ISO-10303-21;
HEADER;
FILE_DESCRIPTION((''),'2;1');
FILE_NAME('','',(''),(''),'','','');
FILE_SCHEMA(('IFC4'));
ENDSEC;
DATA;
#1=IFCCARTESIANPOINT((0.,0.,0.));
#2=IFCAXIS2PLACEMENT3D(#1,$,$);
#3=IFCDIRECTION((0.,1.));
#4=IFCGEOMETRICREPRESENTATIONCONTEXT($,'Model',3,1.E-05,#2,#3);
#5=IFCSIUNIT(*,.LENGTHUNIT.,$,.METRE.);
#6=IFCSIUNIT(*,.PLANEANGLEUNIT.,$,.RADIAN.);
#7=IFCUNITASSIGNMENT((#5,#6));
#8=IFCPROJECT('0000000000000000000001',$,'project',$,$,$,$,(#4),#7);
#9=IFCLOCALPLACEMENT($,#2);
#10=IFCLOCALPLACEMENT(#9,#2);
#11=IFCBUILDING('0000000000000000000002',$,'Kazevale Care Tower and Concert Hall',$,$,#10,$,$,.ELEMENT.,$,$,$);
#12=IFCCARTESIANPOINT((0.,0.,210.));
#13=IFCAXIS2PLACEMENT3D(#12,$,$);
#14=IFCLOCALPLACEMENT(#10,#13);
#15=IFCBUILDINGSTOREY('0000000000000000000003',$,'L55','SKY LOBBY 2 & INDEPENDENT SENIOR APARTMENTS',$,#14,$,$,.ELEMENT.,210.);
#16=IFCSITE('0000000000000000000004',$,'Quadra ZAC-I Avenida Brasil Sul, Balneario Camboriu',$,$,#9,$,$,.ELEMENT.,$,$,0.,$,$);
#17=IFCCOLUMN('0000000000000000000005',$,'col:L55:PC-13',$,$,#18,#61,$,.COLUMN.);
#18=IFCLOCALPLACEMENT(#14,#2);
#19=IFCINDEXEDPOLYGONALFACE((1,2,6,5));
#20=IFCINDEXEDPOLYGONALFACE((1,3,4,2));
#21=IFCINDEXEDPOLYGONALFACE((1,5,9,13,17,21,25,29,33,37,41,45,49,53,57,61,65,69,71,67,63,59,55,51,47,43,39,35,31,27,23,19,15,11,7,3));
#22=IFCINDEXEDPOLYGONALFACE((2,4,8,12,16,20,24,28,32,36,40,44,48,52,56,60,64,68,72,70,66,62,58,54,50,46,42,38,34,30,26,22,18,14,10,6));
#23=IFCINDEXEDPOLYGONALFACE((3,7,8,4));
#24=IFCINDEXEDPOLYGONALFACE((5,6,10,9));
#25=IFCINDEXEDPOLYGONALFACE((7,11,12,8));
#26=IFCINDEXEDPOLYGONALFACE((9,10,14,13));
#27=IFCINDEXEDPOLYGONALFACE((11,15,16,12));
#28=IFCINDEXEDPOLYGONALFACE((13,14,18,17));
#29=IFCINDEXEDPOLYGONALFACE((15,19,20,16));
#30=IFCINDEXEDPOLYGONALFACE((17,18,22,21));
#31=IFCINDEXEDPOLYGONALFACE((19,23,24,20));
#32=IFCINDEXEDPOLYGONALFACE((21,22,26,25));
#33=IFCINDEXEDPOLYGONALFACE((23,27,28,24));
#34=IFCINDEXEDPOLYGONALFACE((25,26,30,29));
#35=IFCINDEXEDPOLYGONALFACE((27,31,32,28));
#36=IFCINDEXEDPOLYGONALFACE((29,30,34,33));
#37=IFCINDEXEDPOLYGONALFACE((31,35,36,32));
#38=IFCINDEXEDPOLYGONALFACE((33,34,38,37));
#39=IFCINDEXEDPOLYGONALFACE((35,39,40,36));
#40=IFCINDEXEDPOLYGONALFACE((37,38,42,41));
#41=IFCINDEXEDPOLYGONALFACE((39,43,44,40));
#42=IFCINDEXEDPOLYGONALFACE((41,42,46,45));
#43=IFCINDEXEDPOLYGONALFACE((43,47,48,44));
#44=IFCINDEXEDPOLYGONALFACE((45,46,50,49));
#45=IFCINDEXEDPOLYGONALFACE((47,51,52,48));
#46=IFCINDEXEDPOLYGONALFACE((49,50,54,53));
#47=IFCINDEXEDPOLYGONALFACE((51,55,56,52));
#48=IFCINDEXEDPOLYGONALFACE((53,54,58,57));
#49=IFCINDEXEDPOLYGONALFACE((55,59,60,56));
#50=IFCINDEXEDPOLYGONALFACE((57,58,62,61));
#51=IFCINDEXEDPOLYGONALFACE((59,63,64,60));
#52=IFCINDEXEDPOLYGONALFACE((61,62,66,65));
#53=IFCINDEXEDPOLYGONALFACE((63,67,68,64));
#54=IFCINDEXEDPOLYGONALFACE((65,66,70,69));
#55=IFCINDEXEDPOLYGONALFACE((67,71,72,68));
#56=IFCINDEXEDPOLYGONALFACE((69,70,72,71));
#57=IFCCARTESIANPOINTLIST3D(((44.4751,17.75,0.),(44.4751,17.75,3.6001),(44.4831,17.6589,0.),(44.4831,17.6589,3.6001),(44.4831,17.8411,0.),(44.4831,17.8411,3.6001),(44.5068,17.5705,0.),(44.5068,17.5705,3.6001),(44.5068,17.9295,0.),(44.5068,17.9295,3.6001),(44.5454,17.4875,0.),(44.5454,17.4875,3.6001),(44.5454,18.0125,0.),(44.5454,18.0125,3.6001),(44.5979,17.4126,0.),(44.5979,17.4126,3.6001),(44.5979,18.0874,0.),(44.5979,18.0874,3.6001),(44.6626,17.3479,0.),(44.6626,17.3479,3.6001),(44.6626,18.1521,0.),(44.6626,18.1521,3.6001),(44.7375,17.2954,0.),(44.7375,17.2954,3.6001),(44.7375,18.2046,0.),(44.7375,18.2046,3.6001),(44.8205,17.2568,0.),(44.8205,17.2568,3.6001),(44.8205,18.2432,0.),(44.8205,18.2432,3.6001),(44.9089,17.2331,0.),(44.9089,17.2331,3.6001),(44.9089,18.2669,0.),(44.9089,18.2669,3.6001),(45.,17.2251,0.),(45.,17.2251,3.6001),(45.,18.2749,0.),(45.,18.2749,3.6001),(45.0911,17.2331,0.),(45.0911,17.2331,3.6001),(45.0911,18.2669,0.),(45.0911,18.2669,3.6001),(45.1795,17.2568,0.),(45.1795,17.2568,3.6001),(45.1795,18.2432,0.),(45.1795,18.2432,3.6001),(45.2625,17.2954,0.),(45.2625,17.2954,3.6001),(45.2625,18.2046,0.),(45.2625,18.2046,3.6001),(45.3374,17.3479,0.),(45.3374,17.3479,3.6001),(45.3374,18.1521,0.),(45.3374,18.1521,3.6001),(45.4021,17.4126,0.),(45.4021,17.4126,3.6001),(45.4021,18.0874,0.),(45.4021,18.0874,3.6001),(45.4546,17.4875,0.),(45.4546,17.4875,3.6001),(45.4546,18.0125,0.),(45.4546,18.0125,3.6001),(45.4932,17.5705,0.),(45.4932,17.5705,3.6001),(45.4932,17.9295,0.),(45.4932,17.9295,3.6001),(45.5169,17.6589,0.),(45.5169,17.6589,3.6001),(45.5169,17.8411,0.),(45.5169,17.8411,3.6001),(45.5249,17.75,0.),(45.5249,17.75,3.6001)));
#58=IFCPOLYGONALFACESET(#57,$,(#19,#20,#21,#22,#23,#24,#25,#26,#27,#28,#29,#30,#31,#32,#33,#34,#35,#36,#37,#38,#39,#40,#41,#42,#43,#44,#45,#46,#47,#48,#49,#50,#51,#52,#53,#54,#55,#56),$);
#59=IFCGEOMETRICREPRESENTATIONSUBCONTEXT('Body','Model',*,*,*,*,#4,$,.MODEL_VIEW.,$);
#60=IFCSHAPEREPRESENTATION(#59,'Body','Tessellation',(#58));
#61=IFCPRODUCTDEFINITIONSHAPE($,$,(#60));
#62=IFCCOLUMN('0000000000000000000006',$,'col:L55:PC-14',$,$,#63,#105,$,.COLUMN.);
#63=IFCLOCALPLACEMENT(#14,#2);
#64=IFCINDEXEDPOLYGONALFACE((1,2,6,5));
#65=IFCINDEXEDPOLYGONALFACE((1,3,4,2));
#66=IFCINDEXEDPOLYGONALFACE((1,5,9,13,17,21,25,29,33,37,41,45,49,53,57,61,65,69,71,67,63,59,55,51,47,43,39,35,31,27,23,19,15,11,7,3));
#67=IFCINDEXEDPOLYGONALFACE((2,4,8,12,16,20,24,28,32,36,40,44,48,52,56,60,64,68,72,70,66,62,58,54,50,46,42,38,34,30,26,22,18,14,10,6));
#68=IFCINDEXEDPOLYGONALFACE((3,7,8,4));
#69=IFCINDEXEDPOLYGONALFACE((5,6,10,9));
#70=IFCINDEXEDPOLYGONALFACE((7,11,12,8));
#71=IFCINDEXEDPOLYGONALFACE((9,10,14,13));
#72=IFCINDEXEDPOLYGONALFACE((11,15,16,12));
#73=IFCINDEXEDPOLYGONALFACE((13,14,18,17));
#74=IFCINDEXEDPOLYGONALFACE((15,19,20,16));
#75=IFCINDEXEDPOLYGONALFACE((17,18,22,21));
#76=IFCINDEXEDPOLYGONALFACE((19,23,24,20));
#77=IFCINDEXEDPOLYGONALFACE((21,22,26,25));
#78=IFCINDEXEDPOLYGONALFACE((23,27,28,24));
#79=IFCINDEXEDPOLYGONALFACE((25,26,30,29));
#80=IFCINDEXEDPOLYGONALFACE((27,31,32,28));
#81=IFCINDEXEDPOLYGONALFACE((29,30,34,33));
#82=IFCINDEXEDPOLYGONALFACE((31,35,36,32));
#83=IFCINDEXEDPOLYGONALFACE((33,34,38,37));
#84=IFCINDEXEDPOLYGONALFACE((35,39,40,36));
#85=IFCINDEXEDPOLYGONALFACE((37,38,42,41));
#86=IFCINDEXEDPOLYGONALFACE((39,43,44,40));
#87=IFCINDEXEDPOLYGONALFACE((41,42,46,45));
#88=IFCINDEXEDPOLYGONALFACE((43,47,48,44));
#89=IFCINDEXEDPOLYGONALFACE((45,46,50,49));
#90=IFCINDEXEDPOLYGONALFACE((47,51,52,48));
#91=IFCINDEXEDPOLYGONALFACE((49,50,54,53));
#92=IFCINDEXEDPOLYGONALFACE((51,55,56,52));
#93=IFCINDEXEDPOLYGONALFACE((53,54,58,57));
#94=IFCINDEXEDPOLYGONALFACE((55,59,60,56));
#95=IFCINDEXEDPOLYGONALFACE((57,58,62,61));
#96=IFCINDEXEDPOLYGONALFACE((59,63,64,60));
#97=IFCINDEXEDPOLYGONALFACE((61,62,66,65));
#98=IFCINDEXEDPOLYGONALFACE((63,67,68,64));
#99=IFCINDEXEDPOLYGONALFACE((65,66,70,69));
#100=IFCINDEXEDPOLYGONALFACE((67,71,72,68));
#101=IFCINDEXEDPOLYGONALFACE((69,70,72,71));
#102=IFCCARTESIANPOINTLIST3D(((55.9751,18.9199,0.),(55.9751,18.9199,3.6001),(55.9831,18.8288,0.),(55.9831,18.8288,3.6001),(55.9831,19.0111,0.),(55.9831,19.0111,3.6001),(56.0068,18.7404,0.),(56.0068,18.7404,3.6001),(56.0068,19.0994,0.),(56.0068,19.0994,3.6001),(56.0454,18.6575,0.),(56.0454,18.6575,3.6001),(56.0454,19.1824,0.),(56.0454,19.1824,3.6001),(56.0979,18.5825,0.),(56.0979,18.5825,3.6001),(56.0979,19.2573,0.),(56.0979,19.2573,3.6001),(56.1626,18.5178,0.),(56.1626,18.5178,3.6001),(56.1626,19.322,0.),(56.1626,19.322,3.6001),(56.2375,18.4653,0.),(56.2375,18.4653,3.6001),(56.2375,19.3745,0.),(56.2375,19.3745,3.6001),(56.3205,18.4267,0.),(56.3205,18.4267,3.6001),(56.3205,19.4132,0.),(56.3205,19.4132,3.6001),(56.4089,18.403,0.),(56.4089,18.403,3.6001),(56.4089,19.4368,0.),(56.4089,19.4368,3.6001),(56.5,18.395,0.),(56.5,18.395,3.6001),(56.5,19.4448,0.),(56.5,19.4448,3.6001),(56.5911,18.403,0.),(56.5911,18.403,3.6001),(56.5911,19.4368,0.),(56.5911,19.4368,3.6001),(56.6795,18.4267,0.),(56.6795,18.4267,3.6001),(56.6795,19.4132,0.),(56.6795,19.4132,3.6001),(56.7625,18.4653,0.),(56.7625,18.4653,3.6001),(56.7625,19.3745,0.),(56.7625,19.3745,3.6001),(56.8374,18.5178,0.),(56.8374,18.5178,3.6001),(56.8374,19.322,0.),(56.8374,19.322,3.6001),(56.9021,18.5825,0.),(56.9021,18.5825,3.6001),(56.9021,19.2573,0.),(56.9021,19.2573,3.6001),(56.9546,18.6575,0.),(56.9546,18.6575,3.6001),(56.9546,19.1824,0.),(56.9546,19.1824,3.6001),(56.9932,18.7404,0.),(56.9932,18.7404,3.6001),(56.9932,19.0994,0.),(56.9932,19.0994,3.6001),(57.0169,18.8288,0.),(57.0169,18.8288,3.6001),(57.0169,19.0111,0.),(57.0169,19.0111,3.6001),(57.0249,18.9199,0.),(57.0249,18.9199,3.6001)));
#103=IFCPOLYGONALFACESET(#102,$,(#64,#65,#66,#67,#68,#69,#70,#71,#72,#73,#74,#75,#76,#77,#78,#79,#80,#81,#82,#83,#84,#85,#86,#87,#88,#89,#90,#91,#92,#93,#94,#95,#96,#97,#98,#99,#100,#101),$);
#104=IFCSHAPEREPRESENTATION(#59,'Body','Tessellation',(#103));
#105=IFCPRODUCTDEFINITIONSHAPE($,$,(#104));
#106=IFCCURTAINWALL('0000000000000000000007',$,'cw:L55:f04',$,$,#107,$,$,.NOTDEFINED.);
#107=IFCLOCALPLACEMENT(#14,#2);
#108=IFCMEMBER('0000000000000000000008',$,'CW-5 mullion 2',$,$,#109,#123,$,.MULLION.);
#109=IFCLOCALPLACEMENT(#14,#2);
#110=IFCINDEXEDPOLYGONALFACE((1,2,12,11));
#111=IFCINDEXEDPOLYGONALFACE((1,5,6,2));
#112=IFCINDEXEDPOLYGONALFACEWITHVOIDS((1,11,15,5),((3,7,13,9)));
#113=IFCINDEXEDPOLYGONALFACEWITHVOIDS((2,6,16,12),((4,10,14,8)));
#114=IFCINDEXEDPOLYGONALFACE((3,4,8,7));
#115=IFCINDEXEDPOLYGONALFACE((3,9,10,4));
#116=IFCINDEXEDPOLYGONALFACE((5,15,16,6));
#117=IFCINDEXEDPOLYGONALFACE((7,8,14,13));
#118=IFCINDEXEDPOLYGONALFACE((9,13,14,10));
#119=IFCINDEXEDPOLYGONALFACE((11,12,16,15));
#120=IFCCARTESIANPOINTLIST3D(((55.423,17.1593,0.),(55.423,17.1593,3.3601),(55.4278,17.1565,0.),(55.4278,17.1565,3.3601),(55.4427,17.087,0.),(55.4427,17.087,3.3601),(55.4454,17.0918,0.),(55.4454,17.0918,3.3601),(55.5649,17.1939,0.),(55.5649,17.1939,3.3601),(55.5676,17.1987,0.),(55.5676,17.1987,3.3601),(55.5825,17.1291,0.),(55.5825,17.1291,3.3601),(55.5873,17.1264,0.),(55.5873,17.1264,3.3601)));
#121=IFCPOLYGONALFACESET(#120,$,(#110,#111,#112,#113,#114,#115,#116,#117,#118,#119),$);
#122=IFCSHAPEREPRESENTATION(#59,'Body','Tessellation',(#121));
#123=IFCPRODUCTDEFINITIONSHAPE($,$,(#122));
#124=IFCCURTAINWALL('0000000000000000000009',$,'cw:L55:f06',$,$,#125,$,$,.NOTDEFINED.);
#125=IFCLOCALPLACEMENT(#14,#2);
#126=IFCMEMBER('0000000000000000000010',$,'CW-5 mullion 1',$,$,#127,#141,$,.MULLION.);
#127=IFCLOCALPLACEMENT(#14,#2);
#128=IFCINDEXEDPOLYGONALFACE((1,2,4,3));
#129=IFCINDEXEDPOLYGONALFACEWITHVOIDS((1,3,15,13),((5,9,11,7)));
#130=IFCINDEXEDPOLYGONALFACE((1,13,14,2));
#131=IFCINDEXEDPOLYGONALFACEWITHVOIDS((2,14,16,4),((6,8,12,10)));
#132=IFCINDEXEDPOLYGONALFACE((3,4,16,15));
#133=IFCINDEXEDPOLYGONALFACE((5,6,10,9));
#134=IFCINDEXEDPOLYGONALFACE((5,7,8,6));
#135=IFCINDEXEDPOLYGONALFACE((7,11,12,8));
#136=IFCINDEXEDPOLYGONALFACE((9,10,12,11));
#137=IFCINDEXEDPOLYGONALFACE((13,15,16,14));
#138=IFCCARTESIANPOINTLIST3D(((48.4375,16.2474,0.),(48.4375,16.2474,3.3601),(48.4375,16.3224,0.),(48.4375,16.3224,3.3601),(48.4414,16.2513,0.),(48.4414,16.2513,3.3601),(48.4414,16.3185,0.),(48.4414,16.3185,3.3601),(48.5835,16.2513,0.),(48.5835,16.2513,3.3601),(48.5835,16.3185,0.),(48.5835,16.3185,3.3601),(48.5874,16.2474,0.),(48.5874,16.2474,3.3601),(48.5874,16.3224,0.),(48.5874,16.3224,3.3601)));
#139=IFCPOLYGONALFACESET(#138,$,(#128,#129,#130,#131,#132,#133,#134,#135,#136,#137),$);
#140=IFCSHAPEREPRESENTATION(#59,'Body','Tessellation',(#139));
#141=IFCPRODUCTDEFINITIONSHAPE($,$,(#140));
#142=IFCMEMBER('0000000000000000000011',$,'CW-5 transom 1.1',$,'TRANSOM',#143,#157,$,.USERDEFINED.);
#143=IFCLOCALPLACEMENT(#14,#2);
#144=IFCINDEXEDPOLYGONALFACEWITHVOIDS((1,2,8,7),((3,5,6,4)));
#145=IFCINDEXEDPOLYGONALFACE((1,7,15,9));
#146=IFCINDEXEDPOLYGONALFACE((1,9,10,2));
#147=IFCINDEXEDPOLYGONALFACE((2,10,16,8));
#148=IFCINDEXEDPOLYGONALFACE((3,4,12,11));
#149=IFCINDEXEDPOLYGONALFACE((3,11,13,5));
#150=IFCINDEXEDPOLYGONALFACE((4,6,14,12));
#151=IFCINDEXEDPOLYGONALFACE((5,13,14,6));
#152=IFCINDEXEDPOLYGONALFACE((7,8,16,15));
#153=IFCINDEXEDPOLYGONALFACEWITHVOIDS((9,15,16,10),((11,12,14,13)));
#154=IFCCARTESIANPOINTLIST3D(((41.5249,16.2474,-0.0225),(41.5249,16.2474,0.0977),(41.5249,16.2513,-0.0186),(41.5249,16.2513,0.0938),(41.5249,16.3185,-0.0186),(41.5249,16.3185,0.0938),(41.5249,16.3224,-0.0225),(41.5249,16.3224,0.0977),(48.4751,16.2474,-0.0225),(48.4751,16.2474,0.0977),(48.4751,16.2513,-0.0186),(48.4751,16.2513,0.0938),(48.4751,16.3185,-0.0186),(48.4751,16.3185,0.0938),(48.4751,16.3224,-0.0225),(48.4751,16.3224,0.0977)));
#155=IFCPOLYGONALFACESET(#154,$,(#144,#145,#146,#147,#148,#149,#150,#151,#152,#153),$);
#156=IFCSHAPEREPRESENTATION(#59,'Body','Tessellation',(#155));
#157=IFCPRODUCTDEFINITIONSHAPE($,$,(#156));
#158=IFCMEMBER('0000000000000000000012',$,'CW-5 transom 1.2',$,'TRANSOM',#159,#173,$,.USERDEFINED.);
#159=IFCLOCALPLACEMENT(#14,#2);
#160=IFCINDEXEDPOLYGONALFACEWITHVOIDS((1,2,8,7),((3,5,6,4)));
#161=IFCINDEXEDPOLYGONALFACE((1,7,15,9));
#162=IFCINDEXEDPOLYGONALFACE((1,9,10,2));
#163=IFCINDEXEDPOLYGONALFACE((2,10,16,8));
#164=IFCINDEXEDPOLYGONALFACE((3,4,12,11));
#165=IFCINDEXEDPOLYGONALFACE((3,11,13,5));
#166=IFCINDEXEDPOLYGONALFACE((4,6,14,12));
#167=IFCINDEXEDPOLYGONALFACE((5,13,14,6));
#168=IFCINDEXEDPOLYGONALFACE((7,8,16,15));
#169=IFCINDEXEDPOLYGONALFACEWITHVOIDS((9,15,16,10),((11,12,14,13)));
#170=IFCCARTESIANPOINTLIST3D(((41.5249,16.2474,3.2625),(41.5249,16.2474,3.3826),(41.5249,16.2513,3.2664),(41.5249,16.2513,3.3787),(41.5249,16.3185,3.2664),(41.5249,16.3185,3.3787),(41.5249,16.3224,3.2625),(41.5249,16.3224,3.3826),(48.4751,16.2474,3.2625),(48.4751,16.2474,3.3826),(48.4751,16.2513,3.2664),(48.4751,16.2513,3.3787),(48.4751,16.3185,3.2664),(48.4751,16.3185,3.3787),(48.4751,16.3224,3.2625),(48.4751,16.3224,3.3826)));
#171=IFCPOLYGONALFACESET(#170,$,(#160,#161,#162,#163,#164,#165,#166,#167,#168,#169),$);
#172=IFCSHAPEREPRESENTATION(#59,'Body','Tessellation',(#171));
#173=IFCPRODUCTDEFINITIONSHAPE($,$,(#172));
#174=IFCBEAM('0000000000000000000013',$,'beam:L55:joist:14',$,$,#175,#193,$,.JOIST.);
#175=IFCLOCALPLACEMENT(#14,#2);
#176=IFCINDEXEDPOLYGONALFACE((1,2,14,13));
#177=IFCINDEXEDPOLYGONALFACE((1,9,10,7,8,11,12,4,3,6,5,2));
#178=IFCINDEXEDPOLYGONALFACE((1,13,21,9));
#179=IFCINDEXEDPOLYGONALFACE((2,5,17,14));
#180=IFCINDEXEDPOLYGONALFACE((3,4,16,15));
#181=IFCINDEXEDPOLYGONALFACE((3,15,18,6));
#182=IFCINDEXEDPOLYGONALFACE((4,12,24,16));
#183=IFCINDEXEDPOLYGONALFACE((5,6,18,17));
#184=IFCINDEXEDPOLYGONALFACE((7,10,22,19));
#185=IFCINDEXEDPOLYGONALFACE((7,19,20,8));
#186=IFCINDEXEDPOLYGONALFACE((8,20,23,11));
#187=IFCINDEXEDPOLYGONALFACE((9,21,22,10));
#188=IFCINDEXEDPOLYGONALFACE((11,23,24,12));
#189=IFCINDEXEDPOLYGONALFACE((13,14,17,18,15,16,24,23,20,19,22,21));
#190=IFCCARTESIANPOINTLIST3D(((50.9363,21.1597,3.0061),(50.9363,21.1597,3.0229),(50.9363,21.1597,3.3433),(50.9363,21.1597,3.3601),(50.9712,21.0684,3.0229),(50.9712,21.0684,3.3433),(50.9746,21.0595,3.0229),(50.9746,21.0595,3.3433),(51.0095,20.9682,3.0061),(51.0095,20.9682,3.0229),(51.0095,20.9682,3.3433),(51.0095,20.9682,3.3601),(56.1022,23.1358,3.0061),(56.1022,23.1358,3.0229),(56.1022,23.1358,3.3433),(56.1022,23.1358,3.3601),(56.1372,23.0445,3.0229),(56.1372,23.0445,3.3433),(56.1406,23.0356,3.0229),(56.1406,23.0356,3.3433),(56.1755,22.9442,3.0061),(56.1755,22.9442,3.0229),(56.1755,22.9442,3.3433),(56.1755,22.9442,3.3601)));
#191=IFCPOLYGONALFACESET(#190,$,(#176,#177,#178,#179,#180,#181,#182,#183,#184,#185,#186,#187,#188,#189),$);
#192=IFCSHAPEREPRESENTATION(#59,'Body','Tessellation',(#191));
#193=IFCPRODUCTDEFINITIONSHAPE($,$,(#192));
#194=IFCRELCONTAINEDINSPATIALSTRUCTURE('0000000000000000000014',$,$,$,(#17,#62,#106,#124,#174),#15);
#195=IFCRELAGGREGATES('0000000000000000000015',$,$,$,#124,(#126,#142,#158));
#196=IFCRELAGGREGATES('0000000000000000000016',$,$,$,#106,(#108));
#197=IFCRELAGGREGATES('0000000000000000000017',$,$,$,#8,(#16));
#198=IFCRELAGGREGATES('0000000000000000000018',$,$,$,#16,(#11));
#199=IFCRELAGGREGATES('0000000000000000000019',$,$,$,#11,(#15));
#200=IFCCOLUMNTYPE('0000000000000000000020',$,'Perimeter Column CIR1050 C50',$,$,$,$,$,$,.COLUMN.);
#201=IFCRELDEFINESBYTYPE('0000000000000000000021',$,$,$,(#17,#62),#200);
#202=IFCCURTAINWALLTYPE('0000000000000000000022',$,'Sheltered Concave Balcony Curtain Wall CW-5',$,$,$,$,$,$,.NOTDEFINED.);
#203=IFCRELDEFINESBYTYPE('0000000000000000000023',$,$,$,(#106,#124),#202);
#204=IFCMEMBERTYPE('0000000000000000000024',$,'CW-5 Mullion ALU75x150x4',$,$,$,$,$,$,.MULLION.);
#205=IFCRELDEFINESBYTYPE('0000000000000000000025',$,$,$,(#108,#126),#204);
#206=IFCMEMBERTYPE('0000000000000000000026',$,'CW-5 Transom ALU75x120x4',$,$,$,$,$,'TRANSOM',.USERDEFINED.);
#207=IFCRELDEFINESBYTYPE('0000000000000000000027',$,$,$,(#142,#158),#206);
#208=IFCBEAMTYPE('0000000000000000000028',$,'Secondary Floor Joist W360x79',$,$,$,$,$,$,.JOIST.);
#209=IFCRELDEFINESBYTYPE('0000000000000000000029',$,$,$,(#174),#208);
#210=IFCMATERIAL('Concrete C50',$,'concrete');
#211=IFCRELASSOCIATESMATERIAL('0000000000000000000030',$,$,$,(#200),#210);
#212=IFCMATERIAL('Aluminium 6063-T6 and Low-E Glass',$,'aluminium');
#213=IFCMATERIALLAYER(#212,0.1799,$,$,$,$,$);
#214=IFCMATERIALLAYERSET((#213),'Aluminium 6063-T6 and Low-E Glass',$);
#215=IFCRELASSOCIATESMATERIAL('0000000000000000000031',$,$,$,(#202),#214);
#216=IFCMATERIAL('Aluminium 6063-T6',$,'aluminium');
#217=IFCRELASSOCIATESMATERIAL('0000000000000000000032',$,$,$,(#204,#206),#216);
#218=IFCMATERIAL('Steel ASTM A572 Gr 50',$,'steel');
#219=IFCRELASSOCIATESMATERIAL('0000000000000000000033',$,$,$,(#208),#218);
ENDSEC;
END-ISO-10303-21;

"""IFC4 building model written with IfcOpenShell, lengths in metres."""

from ifc_helpers import new_model, si_unit, direction, frame, origin, origin_2d, place, context, subcontext, project, spatial, hollow_rectangle, circle, i_section, extrude, material, layer, layer_set, material_profile, profile_set, type_object, element, aggregate, save


model = new_model("IFC4")

# Units and contexts
model_context = context("Model", 3, precision=1e-05, world=origin(), true_north=direction((0.0, 1.0)))
body_context = subcontext(model_context, "Body", "Model", "MODEL_VIEW")
ifc_project = project(units=[si_unit("LENGTHUNIT", "METRE"), si_unit("PLANEANGLEUNIT", "RADIAN")], contexts=[model_context])

# Site, building, storey
site_placement = place(None, origin())
site = spatial("IfcSite", under=ifc_project, at=site_placement, Name="Quadra ZAC-I Avenida Brasil Sul, Balneario Camboriu", CompositionType="ELEMENT", RefElevation=0.0)
building_placement = place(site_placement, origin())
building = spatial("IfcBuilding", under=site, at=building_placement, Name="Kazevale Care Tower and Concert Hall", CompositionType="ELEMENT")
storey_placement = place(building_placement, frame((0.0, 0.0, 210.0)))
storey = spatial("IfcBuildingStorey", under=building, at=storey_placement, Name="L55", Description="SKY LOBBY 2 & INDEPENDENT SENIOR APARTMENTS", CompositionType="ELEMENT", Elevation=210.0)

# Columns
ifc_material_1 = material(Name="Concrete C50", Category="concrete")
ifc_material_profile_1 = material_profile(ifc_material_1, circle(Radius=0.5249, at=origin_2d()), Name="RC-CIR1050")
ifc_profile_set_1 = profile_set([ifc_material_profile_1], Name="Concrete C50")
column_type = type_object("IfcColumnType", Name="Perimeter Column CIR1050 C50", PredefinedType="COLUMN", material=ifc_profile_set_1)
for number, where, z_axis, x_axis, name in (
    (1, (45.0, 17.75, 0.0), (0.0, 0.0, 1.0), (1.0, 0.0, 0.0), "col:L55:PC-13"),
    (2, (56.5, 18.9199, 0.0), (0.0, 0.0, 1.0), (1.0, 0.0, 0.0), "col:L55:PC-14"),
):
    element("IfcColumn", number, at=place(storey_placement, frame(where, z_axis=z_axis, x_axis=x_axis)), inside=storey, type_object=column_type, Name=name, PredefinedType="COLUMN", context=body_context, shape_type="SweptSolid", body=[
        extrude(circle(Radius=0.5249, at=origin_2d()), origin(), (0.0, 0.0, 1.0), 3.6001),
    ])

# Curtain wall, member
ifc_material_2 = material(Name="Aluminium 6063-T6 and Low-E Glass", Category="aluminium")
ifc_layer_1 = layer(ifc_material_2, 0.1799)
ifc_layer_set_1 = layer_set([ifc_layer_1], Name="Aluminium 6063-T6 and Low-E Glass")
curtain_wall_type = type_object("IfcCurtainWallType", Name="Sheltered Concave Balcony Curtain Wall CW-5", PredefinedType="NOTDEFINED", material=ifc_layer_set_1)
curtain_wall_1_placement = place(storey_placement, origin())
curtain_wall_1 = element("IfcCurtainWall", 3, at=curtain_wall_1_placement, inside=storey, type_object=curtain_wall_type, Name="cw:L55:f04", PredefinedType="NOTDEFINED")
ifc_material_3 = material(Name="Aluminium 6063-T6", Category="aluminium")
ifc_material_profile_2 = material_profile(ifc_material_3, hollow_rectangle(XDim=0.075, YDim=0.1499, WallThickness=0.0039, at=origin_2d()), Name="ALU75x150x4")
ifc_profile_set_2 = profile_set([ifc_material_profile_2], Name="Aluminium 6063-T6")
member_type_1 = type_object("IfcMemberType", Name="CW-5 Mullion ALU75x150x4", PredefinedType="MULLION", material=ifc_profile_set_2)
member_1_placement = place(storey_placement, frame((55.5051, 17.1428, 0.0), z_axis=(0.0, 0.0, 1.0), x_axis=(0.262849, -0.964837, 0.0)))
member_1 = element("IfcMember", 4, at=member_1_placement, type_object=member_type_1, Name="CW-5 mullion 2", PredefinedType="MULLION", context=body_context, shape_type="SweptSolid", body=[
    extrude(hollow_rectangle(XDim=0.075, YDim=0.1499, WallThickness=0.0039, at=origin_2d()), origin(), (0.0, 0.0, 1.0), 3.3601),
])

# Curtain wall, members
curtain_wall_2_placement = place(storey_placement, origin())
curtain_wall_2 = element("IfcCurtainWall", 5, at=curtain_wall_2_placement, inside=storey, type_object=curtain_wall_type, Name="cw:L55:f06", PredefinedType="NOTDEFINED")
member_2_placement = place(storey_placement, frame((48.5125, 16.2849, 0.0), z_axis=(0.0, 0.0, 1.0), x_axis=(0.0, -1.0, 0.0)))
member_2 = element("IfcMember", 6, at=member_2_placement, type_object=member_type_1, Name="CW-5 mullion 1", PredefinedType="MULLION", context=body_context, shape_type="SweptSolid", body=[
    extrude(hollow_rectangle(XDim=0.075, YDim=0.1499, WallThickness=0.0039, at=origin_2d()), origin(), (0.0, 0.0, 1.0), 3.3601),
])
ifc_material_profile_3 = material_profile(ifc_material_3, hollow_rectangle(XDim=0.075, YDim=0.1201, WallThickness=0.0039, at=origin_2d()), Name="ALU75x120x4")
ifc_profile_set_3 = profile_set([ifc_material_profile_3], Name="Aluminium 6063-T6")
member_type_2 = type_object("IfcMemberType", Name="CW-5 Transom ALU75x120x4", ElementType="TRANSOM", PredefinedType="USERDEFINED", material=ifc_profile_set_3)
member_3_placement = place(storey_placement, frame((48.4751, 16.2849, 0.0376), z_axis=(-1.0, 0.0, 0.0), x_axis=(0.0, -1.0, 0.0)))
member_3 = element("IfcMember", 7, at=member_3_placement, type_object=member_type_2, Name="CW-5 transom 1.1", ObjectType="TRANSOM", PredefinedType="USERDEFINED", context=body_context, shape_type="SweptSolid", body=[
    extrude(hollow_rectangle(XDim=0.075, YDim=0.1201, WallThickness=0.0039, at=origin_2d()), origin(), (0.0, 0.0, 1.0), 6.9502),
])
member_4_placement = place(storey_placement, frame((48.4751, 16.2849, 3.3225), z_axis=(-1.0, 0.0, 0.0), x_axis=(0.0, -1.0, 0.0)))
member_4 = element("IfcMember", 8, at=member_4_placement, type_object=member_type_2, Name="CW-5 transom 1.2", ObjectType="TRANSOM", PredefinedType="USERDEFINED", context=body_context, shape_type="SweptSolid", body=[
    extrude(hollow_rectangle(XDim=0.075, YDim=0.1201, WallThickness=0.0039, at=origin_2d()), origin(), (0.0, 0.0, 1.0), 6.9502),
])
aggregate(curtain_wall_2, [member_2, member_3, member_4])

# Beam
ifc_material_4 = material(Name="Steel ASTM A572 Gr 50", Category="steel")
ifc_material_profile_4 = material_profile(ifc_material_4, i_section(OverallWidth=0.2051, OverallDepth=0.354, WebThickness=0.0095, FlangeThickness=0.0168, at=origin_2d()), Name="W360x79")
ifc_profile_set_4 = profile_set([ifc_material_profile_4], Name="Steel ASTM A572 Gr 50")
beam_type_1 = type_object("IfcBeamType", Name="Secondary Floor Joist W360x79", PredefinedType="JOIST", material=ifc_profile_set_4)
beam_1_placement = place(storey_placement, frame((50.9729, 21.064, 3.1831), z_axis=(0.934002, 0.357269, 0.0), x_axis=(-0.357269, 0.934002, 0.0)))
element("IfcBeam", 9, at=beam_1_placement, inside=storey, type_object=beam_type_1, Name="beam:L55:joist:14", PredefinedType="JOIST", context=body_context, shape_type="SweptSolid", body=[
    extrude(i_section(OverallWidth=0.2051, OverallDepth=0.354, WebThickness=0.0095, FlangeThickness=0.0168, at=origin_2d()), origin(), (0.0, 0.0, 1.0), 5.531),
])

aggregate(curtain_wall_1, [member_1])

save(model, "model.ifc")
